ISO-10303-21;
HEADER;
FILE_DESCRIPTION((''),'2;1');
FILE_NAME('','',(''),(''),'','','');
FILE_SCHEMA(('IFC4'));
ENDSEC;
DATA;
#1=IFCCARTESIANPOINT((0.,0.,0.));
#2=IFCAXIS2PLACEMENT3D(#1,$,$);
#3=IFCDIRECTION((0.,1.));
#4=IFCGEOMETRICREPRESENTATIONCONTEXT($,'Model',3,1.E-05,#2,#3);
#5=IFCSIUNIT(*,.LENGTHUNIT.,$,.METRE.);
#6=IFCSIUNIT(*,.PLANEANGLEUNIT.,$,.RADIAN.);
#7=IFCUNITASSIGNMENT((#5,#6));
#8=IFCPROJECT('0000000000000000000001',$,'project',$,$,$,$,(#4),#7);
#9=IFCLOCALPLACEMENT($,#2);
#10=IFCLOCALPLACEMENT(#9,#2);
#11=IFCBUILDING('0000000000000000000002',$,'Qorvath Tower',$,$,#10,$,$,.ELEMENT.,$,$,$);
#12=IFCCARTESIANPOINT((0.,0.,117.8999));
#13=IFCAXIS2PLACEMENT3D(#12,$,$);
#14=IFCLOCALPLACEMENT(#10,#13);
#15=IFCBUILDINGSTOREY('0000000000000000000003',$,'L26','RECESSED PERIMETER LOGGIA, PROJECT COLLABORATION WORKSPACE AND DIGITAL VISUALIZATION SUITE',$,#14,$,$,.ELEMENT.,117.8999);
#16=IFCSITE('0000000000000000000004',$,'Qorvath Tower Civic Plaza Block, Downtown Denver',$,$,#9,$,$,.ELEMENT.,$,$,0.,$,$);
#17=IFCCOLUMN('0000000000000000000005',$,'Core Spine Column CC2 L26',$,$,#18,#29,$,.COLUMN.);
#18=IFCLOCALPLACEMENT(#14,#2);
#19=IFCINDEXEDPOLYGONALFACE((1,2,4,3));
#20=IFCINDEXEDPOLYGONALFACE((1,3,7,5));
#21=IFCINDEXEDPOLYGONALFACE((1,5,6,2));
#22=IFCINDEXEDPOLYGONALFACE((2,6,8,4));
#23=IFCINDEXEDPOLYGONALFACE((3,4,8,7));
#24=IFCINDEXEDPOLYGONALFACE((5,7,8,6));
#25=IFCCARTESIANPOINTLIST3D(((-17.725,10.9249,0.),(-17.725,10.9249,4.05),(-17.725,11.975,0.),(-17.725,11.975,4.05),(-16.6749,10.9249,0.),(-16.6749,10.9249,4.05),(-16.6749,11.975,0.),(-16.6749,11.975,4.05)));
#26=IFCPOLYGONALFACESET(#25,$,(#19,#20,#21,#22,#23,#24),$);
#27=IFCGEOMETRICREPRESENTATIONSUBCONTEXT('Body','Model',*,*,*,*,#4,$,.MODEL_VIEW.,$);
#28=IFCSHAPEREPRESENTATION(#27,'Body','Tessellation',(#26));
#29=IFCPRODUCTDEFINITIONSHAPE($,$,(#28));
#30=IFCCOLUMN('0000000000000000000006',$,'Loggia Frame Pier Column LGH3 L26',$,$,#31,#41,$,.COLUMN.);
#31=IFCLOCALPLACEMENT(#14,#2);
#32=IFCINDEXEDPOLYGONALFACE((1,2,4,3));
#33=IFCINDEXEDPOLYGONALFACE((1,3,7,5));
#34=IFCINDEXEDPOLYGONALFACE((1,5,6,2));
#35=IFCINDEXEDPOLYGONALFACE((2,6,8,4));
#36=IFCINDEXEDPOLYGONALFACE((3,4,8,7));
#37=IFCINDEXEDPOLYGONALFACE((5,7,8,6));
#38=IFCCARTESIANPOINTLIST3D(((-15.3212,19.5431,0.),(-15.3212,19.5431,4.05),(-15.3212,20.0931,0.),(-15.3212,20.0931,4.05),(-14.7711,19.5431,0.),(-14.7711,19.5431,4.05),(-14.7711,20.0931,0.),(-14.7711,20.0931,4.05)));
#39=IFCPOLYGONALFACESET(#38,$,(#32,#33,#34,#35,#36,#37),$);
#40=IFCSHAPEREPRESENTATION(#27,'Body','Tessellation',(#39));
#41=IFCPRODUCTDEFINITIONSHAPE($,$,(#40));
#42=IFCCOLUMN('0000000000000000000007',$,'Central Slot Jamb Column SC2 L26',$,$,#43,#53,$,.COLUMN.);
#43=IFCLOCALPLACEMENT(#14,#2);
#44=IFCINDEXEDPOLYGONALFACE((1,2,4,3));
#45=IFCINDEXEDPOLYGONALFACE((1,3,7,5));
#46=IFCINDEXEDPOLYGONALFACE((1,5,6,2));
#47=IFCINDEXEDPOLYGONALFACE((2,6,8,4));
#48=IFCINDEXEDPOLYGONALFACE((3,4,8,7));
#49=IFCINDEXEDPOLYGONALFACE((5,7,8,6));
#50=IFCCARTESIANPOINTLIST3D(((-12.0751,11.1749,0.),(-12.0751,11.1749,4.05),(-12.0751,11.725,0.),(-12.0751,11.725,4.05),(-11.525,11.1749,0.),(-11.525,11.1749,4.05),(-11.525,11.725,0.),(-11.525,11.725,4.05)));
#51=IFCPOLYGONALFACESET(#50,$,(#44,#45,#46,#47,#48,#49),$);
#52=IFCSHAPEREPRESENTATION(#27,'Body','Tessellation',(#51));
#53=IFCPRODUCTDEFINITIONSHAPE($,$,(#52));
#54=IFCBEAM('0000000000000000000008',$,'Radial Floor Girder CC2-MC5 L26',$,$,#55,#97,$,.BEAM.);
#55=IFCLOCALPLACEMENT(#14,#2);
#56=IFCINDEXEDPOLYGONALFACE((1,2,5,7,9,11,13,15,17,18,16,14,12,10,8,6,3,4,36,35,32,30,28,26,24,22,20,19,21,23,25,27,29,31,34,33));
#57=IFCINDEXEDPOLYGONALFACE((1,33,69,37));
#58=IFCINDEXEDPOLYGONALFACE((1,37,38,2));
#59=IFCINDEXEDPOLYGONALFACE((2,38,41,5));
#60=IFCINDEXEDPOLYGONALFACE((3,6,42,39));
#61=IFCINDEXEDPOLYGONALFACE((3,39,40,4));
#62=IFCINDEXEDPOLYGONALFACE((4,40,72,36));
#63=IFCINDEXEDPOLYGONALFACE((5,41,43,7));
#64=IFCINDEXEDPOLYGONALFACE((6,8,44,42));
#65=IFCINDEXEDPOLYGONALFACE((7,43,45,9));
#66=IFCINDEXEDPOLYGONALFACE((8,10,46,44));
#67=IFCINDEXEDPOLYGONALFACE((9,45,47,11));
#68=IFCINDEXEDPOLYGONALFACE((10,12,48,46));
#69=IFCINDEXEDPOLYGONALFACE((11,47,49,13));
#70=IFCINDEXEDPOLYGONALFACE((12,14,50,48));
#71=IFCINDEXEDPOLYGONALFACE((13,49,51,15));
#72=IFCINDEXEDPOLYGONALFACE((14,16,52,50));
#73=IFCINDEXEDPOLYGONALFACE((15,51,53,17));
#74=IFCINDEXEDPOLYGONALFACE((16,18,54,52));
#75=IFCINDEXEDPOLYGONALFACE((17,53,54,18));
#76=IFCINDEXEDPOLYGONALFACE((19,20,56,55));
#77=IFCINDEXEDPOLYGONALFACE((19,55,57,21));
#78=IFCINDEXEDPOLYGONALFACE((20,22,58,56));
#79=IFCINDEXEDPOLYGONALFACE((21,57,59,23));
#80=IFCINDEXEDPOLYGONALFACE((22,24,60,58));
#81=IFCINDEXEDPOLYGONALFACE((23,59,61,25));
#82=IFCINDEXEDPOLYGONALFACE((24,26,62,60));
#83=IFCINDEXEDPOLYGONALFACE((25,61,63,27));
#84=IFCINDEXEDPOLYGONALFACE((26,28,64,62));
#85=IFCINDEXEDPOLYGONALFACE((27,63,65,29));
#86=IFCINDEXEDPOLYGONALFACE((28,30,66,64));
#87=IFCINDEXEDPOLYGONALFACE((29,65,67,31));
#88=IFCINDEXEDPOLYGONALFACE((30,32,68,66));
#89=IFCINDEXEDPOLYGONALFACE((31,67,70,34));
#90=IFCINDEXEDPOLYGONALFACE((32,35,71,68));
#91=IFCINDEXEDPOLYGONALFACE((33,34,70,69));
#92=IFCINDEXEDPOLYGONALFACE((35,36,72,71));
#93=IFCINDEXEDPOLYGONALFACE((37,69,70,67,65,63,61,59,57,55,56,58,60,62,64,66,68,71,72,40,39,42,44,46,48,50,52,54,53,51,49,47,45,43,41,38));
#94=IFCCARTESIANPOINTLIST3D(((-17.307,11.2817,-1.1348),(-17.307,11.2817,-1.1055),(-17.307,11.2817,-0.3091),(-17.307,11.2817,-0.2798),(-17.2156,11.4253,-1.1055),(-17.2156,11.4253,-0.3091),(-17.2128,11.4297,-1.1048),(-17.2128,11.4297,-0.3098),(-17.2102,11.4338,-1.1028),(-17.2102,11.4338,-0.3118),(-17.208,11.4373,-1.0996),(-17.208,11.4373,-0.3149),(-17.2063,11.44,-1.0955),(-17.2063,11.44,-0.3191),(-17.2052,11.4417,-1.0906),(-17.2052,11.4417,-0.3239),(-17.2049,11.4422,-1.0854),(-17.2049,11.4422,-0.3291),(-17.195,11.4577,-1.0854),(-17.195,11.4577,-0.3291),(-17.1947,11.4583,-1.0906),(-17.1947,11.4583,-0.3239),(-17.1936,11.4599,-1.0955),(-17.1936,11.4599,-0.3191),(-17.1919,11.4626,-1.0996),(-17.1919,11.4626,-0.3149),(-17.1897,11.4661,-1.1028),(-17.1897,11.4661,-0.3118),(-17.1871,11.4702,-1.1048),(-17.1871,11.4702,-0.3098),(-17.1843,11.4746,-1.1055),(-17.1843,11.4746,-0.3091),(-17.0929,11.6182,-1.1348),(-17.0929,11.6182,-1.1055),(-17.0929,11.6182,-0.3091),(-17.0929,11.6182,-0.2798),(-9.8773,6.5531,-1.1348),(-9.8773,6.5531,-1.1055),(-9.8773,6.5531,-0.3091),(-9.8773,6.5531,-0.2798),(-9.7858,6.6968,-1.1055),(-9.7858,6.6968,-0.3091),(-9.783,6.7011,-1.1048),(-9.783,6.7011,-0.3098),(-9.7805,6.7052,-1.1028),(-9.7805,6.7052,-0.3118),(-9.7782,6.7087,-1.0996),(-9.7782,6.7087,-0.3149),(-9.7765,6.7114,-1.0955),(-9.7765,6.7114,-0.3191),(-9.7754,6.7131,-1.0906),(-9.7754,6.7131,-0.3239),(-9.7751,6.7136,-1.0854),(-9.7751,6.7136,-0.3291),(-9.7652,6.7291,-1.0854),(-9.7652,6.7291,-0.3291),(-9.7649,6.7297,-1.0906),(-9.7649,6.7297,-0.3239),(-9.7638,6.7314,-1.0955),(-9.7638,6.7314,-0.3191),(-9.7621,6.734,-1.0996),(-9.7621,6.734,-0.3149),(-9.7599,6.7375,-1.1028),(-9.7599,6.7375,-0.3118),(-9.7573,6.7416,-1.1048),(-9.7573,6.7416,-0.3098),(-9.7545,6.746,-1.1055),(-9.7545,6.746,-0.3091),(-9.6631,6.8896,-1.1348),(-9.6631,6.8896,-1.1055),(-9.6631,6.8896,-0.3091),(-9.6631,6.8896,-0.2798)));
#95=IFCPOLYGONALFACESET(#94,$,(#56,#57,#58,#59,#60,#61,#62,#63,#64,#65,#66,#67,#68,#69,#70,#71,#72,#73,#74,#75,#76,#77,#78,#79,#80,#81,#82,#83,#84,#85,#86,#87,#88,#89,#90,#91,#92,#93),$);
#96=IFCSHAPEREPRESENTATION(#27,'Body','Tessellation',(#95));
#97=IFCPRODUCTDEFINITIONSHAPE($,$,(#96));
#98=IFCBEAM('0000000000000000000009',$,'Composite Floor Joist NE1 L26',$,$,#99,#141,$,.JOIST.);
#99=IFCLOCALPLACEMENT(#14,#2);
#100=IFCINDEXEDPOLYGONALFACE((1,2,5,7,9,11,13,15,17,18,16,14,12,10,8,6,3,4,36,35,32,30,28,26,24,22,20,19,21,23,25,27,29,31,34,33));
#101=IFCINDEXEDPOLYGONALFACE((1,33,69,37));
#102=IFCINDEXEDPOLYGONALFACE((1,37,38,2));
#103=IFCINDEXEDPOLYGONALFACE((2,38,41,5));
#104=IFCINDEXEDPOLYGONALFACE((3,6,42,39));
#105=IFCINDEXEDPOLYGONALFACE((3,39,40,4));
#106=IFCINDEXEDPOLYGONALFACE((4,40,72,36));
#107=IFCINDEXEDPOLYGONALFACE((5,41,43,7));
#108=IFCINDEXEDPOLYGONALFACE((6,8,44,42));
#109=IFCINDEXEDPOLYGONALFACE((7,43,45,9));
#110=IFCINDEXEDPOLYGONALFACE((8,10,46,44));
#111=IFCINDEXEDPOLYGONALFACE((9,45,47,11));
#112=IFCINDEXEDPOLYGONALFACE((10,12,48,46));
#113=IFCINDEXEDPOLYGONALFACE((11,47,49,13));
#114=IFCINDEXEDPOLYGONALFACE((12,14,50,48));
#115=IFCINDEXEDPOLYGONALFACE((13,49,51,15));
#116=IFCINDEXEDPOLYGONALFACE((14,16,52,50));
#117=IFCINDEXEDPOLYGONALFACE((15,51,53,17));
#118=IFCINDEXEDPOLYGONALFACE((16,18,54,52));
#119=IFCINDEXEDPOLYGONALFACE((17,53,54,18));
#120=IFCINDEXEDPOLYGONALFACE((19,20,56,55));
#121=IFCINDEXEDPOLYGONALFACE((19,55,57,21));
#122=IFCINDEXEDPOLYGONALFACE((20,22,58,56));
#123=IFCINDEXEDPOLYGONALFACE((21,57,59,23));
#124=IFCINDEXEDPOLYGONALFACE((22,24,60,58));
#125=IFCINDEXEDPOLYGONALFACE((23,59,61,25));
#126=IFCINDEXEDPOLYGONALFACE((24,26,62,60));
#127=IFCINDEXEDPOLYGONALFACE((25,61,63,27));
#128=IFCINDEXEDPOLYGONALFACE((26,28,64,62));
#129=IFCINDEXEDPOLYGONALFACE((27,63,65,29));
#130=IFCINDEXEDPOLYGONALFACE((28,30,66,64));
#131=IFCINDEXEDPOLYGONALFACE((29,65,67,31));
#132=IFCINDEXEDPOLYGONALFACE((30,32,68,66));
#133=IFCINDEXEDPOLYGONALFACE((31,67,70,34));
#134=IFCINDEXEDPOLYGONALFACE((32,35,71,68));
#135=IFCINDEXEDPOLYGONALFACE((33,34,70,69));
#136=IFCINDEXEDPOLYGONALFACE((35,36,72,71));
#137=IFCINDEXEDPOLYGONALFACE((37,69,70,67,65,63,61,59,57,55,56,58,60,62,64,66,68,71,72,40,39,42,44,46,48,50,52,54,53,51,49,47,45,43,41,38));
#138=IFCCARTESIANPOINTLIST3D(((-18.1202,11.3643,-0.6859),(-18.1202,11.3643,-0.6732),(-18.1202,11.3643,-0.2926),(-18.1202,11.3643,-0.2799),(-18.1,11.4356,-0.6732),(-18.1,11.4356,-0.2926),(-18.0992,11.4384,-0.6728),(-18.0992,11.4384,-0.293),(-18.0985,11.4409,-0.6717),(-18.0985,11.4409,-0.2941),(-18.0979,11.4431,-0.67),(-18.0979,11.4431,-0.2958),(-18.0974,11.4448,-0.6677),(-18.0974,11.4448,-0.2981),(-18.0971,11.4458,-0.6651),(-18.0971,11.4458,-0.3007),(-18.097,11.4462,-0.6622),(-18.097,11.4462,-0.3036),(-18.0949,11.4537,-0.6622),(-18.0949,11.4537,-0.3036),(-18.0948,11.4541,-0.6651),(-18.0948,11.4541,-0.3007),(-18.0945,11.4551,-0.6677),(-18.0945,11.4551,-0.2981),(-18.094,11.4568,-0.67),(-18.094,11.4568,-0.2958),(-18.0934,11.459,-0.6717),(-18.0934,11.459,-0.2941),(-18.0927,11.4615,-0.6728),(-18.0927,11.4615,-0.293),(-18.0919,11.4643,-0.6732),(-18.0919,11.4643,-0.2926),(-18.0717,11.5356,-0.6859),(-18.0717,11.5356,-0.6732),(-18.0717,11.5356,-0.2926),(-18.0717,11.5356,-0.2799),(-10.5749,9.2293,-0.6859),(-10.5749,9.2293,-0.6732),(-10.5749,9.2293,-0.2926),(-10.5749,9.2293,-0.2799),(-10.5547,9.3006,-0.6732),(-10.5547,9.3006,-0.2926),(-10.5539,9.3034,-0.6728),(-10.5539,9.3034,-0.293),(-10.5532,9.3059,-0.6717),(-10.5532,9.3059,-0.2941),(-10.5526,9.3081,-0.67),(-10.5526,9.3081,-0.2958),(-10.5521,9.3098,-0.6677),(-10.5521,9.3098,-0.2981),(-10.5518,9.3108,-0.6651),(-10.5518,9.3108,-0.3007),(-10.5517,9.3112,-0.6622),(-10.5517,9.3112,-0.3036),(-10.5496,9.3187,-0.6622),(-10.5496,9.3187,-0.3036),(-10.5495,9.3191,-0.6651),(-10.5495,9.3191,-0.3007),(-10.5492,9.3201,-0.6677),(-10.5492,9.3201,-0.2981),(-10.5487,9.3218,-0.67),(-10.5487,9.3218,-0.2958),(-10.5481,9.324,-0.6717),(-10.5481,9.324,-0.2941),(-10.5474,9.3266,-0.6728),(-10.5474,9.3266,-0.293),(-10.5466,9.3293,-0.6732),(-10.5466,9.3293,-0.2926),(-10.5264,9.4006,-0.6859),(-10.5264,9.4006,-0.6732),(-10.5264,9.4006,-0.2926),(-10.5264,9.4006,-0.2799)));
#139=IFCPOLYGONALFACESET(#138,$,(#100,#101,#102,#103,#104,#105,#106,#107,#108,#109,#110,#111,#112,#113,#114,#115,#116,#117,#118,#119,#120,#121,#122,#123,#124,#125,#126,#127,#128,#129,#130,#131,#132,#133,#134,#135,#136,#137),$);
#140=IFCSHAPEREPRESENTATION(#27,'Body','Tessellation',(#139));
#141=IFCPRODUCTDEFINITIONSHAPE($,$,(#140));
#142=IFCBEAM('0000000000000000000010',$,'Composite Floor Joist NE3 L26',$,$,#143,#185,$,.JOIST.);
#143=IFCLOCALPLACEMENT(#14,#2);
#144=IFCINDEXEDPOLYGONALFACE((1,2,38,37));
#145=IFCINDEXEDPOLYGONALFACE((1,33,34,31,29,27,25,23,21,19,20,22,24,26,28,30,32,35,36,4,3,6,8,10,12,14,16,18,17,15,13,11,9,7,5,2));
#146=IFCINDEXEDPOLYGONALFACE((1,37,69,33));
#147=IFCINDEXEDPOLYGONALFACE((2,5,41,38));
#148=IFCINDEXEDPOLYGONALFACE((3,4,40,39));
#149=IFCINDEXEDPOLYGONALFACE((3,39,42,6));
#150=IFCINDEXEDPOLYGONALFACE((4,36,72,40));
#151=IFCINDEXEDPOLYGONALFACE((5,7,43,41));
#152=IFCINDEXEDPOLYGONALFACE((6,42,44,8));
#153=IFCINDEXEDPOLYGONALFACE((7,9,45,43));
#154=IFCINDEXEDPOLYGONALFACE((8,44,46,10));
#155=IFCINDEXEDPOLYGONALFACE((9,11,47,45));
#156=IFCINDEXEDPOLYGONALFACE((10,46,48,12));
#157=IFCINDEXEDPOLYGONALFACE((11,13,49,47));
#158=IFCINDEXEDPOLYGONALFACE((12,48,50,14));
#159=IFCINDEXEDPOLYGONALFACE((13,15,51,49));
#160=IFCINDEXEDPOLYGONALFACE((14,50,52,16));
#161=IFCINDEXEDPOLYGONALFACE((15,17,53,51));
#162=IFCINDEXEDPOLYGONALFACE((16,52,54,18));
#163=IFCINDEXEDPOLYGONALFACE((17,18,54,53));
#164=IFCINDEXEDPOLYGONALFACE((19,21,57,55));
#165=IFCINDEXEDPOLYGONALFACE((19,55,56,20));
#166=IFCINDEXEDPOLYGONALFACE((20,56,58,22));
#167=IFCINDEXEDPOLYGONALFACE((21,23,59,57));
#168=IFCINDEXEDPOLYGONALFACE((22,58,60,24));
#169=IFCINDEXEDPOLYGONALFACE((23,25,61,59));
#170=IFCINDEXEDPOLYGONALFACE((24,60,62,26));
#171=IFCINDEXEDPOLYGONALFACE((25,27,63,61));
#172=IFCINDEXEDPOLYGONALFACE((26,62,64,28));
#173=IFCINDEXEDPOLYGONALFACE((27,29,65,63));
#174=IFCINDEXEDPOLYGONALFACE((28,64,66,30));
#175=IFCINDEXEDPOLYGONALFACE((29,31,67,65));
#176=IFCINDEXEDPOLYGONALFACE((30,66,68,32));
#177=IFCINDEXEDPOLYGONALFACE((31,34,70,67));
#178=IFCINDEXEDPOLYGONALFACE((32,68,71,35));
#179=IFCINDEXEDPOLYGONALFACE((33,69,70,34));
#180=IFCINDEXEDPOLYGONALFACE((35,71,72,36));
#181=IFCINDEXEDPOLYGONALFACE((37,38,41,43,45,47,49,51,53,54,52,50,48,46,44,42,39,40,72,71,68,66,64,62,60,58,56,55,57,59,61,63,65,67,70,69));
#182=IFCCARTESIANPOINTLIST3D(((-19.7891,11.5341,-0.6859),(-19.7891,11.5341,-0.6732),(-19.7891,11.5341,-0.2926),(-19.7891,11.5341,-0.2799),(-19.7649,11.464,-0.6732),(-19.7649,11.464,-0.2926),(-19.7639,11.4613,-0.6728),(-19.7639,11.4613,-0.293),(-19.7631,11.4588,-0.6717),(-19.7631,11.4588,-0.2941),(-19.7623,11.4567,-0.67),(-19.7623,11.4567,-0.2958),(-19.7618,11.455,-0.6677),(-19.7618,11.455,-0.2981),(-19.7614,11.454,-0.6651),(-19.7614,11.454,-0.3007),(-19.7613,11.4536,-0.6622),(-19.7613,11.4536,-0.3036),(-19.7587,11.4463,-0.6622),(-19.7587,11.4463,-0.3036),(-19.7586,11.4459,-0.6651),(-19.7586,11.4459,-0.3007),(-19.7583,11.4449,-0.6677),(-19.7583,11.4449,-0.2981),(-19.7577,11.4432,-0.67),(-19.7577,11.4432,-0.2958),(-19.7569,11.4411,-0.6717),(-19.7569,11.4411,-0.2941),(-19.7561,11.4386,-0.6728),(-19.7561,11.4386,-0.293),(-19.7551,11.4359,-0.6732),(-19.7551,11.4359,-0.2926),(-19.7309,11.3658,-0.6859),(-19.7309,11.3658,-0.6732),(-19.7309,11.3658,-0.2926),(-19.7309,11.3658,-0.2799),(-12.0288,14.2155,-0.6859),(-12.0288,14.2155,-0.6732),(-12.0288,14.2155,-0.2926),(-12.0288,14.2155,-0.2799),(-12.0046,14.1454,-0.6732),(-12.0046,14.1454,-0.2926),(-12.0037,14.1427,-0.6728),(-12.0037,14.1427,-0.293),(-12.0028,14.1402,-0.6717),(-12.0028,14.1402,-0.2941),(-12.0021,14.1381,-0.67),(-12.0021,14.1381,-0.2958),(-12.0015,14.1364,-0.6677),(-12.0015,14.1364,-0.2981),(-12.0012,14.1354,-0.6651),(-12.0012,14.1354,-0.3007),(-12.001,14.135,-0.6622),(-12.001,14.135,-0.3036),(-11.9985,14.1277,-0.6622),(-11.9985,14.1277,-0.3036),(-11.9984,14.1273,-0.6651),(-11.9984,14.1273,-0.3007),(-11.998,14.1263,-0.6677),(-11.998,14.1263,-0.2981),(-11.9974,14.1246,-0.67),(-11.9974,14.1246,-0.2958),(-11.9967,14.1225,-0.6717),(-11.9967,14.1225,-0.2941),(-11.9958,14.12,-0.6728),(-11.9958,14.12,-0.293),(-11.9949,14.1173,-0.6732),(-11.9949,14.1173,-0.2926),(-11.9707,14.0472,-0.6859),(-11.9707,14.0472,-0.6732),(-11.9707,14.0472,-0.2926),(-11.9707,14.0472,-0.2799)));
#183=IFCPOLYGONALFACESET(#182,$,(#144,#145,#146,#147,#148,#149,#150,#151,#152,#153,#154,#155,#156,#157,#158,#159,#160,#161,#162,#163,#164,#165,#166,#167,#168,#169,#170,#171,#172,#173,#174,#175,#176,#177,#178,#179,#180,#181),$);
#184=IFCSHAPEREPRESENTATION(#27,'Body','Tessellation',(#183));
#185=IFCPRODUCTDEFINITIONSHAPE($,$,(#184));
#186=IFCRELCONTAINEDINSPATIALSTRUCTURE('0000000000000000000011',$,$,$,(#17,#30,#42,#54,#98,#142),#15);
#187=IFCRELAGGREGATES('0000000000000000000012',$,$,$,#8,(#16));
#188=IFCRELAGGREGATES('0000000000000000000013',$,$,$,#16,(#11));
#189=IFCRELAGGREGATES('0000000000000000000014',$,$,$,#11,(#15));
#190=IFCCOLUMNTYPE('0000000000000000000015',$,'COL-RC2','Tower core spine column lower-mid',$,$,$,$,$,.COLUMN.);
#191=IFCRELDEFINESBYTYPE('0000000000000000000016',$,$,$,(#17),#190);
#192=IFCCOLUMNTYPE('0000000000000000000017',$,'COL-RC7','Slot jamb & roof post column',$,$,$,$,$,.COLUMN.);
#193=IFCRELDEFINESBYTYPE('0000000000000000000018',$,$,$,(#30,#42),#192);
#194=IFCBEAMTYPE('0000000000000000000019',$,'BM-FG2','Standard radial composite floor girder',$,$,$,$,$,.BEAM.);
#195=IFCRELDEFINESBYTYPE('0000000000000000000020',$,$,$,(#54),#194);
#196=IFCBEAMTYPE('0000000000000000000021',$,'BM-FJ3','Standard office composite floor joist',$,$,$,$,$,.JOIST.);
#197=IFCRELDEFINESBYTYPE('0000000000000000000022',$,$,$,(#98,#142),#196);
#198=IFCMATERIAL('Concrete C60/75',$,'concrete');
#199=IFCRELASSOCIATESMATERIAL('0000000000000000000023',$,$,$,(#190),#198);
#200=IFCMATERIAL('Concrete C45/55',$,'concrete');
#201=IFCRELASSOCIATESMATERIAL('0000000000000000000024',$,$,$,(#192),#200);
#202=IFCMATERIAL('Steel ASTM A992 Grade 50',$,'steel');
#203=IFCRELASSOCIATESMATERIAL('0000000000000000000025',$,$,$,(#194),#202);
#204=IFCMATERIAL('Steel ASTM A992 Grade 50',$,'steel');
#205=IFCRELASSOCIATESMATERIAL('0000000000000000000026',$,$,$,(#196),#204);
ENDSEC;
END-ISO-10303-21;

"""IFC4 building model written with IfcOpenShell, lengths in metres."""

from ifc_helpers import new_model, si_unit, direction, frame, origin, origin_2d, place, context, subcontext, project, spatial, rectangle, i_section, extrude, material, material_profile, profile_set, type_object, element, save


model = new_model("IFC4")

# Units and contexts
model_context = context("Model", 3, precision=1e-05, world=origin(), true_north=direction((0.0, 1.0)))
body_context = subcontext(model_context, "Body", "Model", "MODEL_VIEW")
ifc_project = project(units=[si_unit("LENGTHUNIT", "METRE"), si_unit("PLANEANGLEUNIT", "RADIAN")], contexts=[model_context])

# Site, building, storey
site_placement = place(None, origin())
site = spatial("IfcSite", under=ifc_project, at=site_placement, Name="Qorvath Tower Civic Plaza Block, Downtown Denver", CompositionType="ELEMENT", RefElevation=0.0)
building_placement = place(site_placement, origin())
building = spatial("IfcBuilding", under=site, at=building_placement, Name="Qorvath Tower", CompositionType="ELEMENT")
storey_placement = place(building_placement, frame((0.0, 0.0, 117.8999)))
storey = spatial("IfcBuildingStorey", under=building, at=storey_placement, Name="L26", Description="RECESSED PERIMETER LOGGIA, PROJECT COLLABORATION WORKSPACE AND DIGITAL VISUALIZATION SUITE", CompositionType="ELEMENT", Elevation=117.8999)

# Columns
ifc_material_1 = material(Name="Concrete C60/75", Category="concrete")
ifc_material_profile_1 = material_profile(ifc_material_1, rectangle(XDim=1.05, YDim=1.05, at=origin_2d()), Name="RC 1050x1050")
ifc_profile_set_1 = profile_set([ifc_material_profile_1], Name="Concrete C60/75")
column_type_1 = type_object("IfcColumnType", Name="COL-RC2", Description="Tower core spine column lower-mid", PredefinedType="COLUMN", material=ifc_profile_set_1)
column_placement = place(storey_placement, frame((-17.2, 11.45, 0.0), z_axis=(0.0, 0.0, 1.0), x_axis=(1.0, 0.0, 0.0)))
element("IfcColumn", 1, at=column_placement, inside=storey, type_object=column_type_1, Name="Core Spine Column CC2 L26", PredefinedType="COLUMN", context=body_context, shape_type="SweptSolid", body=[
    extrude(rectangle(XDim=1.05, YDim=1.05, at=origin_2d()), origin(), (0.0, 0.0, 1.0), 4.05),
])
ifc_material_2 = material(Name="Concrete C45/55", Category="concrete")
ifc_material_profile_2 = material_profile(ifc_material_2, rectangle(XDim=0.55, YDim=0.55, at=origin_2d()), Name="RC 550x550")
ifc_profile_set_2 = profile_set([ifc_material_profile_2], Name="Concrete C45/55")
column_type_2 = type_object("IfcColumnType", Name="COL-RC7", Description="Slot jamb & roof post column", PredefinedType="COLUMN", material=ifc_profile_set_2)
for number, where, z_axis, x_axis, name in (
    (2, (-15.0461, 19.8181, 0.0), (0.0, 0.0, 1.0), (1.0, 0.0, 0.0), "Loggia Frame Pier Column LGH3 L26"),
    (3, (-11.8, 11.45, 0.0), (0.0, 0.0, 1.0), (1.0, 0.0, 0.0), "Central Slot Jamb Column SC2 L26"),
):
    element("IfcColumn", number, at=place(storey_placement, frame(where, z_axis=z_axis, x_axis=x_axis)), inside=storey, type_object=column_type_2, Name=name, PredefinedType="COLUMN", context=body_context, shape_type="SweptSolid", body=[
        extrude(rectangle(XDim=0.55, YDim=0.55, at=origin_2d()), origin(), (0.0, 0.0, 1.0), 4.05),
    ])

# Beams
ifc_material_3 = material(Name="Steel ASTM A992 Grade 50", Category="steel")
ifc_material_profile_3 = material_profile(ifc_material_3, i_section(OverallWidth=0.3989, OverallDepth=0.855, WebThickness=0.0183, FlangeThickness=0.0293, FilletRadius=0.02, at=origin_2d()), Name="W33x201")
ifc_profile_set_3 = profile_set([ifc_material_profile_3], Name="Steel ASTM A992 Grade 50")
beam_type_1 = type_object("IfcBeamType", Name="BM-FG2", Description="Standard radial composite floor girder", PredefinedType="BEAM", material=ifc_profile_set_3)
beam_1_placement = place(storey_placement, frame((-17.2, 11.45, -0.7073), z_axis=(0.843634, -0.536919, 0.0), x_axis=(0.536919, 0.843634, 0.0)))
element("IfcBeam", 4, at=beam_1_placement, inside=storey, type_object=beam_type_1, Name="Radial Floor Girder CC2-MC5 L26", PredefinedType="BEAM", context=body_context, shape_type="SweptSolid", body=[
    extrude(i_section(OverallWidth=0.3989, OverallDepth=0.855, WebThickness=0.0183, FlangeThickness=0.0293, FilletRadius=0.02, at=origin_2d()), origin(), (0.0, 0.0, 1.0), 8.8069),
])
ifc_material_4 = material(Name="Steel ASTM A992 Grade 50", Category="steel")
ifc_material_profile_4 = material_profile(ifc_material_4, i_section(OverallWidth=0.178, OverallDepth=0.406, WebThickness=0.0078, FlangeThickness=0.0127, FilletRadius=0.011, at=origin_2d()), Name="W16x40")
ifc_profile_set_4 = profile_set([ifc_material_profile_4], Name="Steel ASTM A992 Grade 50")
beam_type_2 = type_object("IfcBeamType", Name="BM-FJ3", Description="Standard office composite floor joist", PredefinedType="JOIST", material=ifc_profile_set_4)
beam_2_placement = place(storey_placement, frame((-18.0959, 11.45, -0.4829), z_axis=(0.962222, -0.272265, 0.0), x_axis=(0.272265, 0.962222, 0.0)))
element("IfcBeam", 5, at=beam_2_placement, inside=storey, type_object=beam_type_2, Name="Composite Floor Joist NE1 L26", PredefinedType="JOIST", context=body_context, shape_type="SweptSolid", body=[
    extrude(i_section(OverallWidth=0.178, OverallDepth=0.406, WebThickness=0.0078, FlangeThickness=0.0127, FilletRadius=0.011, at=origin_2d()), origin(), (0.0, 0.0, 1.0), 7.8416),
])
beam_3_placement = place(storey_placement, frame((-19.76, 11.45, -0.4829), z_axis=(0.945168, 0.326584, 0.0), x_axis=(-0.326584, 0.945168, 0.0)))
element("IfcBeam", 6, at=beam_3_placement, inside=storey, type_object=beam_type_2, Name="Composite Floor Joist NE3 L26", PredefinedType="JOIST", context=body_context, shape_type="SweptSolid", body=[
    extrude(i_section(OverallWidth=0.178, OverallDepth=0.406, WebThickness=0.0078, FlangeThickness=0.0127, FilletRadius=0.011, at=origin_2d()), origin(), (0.0, 0.0, 1.0), 8.2104),
])

save(model, "model.ifc")
